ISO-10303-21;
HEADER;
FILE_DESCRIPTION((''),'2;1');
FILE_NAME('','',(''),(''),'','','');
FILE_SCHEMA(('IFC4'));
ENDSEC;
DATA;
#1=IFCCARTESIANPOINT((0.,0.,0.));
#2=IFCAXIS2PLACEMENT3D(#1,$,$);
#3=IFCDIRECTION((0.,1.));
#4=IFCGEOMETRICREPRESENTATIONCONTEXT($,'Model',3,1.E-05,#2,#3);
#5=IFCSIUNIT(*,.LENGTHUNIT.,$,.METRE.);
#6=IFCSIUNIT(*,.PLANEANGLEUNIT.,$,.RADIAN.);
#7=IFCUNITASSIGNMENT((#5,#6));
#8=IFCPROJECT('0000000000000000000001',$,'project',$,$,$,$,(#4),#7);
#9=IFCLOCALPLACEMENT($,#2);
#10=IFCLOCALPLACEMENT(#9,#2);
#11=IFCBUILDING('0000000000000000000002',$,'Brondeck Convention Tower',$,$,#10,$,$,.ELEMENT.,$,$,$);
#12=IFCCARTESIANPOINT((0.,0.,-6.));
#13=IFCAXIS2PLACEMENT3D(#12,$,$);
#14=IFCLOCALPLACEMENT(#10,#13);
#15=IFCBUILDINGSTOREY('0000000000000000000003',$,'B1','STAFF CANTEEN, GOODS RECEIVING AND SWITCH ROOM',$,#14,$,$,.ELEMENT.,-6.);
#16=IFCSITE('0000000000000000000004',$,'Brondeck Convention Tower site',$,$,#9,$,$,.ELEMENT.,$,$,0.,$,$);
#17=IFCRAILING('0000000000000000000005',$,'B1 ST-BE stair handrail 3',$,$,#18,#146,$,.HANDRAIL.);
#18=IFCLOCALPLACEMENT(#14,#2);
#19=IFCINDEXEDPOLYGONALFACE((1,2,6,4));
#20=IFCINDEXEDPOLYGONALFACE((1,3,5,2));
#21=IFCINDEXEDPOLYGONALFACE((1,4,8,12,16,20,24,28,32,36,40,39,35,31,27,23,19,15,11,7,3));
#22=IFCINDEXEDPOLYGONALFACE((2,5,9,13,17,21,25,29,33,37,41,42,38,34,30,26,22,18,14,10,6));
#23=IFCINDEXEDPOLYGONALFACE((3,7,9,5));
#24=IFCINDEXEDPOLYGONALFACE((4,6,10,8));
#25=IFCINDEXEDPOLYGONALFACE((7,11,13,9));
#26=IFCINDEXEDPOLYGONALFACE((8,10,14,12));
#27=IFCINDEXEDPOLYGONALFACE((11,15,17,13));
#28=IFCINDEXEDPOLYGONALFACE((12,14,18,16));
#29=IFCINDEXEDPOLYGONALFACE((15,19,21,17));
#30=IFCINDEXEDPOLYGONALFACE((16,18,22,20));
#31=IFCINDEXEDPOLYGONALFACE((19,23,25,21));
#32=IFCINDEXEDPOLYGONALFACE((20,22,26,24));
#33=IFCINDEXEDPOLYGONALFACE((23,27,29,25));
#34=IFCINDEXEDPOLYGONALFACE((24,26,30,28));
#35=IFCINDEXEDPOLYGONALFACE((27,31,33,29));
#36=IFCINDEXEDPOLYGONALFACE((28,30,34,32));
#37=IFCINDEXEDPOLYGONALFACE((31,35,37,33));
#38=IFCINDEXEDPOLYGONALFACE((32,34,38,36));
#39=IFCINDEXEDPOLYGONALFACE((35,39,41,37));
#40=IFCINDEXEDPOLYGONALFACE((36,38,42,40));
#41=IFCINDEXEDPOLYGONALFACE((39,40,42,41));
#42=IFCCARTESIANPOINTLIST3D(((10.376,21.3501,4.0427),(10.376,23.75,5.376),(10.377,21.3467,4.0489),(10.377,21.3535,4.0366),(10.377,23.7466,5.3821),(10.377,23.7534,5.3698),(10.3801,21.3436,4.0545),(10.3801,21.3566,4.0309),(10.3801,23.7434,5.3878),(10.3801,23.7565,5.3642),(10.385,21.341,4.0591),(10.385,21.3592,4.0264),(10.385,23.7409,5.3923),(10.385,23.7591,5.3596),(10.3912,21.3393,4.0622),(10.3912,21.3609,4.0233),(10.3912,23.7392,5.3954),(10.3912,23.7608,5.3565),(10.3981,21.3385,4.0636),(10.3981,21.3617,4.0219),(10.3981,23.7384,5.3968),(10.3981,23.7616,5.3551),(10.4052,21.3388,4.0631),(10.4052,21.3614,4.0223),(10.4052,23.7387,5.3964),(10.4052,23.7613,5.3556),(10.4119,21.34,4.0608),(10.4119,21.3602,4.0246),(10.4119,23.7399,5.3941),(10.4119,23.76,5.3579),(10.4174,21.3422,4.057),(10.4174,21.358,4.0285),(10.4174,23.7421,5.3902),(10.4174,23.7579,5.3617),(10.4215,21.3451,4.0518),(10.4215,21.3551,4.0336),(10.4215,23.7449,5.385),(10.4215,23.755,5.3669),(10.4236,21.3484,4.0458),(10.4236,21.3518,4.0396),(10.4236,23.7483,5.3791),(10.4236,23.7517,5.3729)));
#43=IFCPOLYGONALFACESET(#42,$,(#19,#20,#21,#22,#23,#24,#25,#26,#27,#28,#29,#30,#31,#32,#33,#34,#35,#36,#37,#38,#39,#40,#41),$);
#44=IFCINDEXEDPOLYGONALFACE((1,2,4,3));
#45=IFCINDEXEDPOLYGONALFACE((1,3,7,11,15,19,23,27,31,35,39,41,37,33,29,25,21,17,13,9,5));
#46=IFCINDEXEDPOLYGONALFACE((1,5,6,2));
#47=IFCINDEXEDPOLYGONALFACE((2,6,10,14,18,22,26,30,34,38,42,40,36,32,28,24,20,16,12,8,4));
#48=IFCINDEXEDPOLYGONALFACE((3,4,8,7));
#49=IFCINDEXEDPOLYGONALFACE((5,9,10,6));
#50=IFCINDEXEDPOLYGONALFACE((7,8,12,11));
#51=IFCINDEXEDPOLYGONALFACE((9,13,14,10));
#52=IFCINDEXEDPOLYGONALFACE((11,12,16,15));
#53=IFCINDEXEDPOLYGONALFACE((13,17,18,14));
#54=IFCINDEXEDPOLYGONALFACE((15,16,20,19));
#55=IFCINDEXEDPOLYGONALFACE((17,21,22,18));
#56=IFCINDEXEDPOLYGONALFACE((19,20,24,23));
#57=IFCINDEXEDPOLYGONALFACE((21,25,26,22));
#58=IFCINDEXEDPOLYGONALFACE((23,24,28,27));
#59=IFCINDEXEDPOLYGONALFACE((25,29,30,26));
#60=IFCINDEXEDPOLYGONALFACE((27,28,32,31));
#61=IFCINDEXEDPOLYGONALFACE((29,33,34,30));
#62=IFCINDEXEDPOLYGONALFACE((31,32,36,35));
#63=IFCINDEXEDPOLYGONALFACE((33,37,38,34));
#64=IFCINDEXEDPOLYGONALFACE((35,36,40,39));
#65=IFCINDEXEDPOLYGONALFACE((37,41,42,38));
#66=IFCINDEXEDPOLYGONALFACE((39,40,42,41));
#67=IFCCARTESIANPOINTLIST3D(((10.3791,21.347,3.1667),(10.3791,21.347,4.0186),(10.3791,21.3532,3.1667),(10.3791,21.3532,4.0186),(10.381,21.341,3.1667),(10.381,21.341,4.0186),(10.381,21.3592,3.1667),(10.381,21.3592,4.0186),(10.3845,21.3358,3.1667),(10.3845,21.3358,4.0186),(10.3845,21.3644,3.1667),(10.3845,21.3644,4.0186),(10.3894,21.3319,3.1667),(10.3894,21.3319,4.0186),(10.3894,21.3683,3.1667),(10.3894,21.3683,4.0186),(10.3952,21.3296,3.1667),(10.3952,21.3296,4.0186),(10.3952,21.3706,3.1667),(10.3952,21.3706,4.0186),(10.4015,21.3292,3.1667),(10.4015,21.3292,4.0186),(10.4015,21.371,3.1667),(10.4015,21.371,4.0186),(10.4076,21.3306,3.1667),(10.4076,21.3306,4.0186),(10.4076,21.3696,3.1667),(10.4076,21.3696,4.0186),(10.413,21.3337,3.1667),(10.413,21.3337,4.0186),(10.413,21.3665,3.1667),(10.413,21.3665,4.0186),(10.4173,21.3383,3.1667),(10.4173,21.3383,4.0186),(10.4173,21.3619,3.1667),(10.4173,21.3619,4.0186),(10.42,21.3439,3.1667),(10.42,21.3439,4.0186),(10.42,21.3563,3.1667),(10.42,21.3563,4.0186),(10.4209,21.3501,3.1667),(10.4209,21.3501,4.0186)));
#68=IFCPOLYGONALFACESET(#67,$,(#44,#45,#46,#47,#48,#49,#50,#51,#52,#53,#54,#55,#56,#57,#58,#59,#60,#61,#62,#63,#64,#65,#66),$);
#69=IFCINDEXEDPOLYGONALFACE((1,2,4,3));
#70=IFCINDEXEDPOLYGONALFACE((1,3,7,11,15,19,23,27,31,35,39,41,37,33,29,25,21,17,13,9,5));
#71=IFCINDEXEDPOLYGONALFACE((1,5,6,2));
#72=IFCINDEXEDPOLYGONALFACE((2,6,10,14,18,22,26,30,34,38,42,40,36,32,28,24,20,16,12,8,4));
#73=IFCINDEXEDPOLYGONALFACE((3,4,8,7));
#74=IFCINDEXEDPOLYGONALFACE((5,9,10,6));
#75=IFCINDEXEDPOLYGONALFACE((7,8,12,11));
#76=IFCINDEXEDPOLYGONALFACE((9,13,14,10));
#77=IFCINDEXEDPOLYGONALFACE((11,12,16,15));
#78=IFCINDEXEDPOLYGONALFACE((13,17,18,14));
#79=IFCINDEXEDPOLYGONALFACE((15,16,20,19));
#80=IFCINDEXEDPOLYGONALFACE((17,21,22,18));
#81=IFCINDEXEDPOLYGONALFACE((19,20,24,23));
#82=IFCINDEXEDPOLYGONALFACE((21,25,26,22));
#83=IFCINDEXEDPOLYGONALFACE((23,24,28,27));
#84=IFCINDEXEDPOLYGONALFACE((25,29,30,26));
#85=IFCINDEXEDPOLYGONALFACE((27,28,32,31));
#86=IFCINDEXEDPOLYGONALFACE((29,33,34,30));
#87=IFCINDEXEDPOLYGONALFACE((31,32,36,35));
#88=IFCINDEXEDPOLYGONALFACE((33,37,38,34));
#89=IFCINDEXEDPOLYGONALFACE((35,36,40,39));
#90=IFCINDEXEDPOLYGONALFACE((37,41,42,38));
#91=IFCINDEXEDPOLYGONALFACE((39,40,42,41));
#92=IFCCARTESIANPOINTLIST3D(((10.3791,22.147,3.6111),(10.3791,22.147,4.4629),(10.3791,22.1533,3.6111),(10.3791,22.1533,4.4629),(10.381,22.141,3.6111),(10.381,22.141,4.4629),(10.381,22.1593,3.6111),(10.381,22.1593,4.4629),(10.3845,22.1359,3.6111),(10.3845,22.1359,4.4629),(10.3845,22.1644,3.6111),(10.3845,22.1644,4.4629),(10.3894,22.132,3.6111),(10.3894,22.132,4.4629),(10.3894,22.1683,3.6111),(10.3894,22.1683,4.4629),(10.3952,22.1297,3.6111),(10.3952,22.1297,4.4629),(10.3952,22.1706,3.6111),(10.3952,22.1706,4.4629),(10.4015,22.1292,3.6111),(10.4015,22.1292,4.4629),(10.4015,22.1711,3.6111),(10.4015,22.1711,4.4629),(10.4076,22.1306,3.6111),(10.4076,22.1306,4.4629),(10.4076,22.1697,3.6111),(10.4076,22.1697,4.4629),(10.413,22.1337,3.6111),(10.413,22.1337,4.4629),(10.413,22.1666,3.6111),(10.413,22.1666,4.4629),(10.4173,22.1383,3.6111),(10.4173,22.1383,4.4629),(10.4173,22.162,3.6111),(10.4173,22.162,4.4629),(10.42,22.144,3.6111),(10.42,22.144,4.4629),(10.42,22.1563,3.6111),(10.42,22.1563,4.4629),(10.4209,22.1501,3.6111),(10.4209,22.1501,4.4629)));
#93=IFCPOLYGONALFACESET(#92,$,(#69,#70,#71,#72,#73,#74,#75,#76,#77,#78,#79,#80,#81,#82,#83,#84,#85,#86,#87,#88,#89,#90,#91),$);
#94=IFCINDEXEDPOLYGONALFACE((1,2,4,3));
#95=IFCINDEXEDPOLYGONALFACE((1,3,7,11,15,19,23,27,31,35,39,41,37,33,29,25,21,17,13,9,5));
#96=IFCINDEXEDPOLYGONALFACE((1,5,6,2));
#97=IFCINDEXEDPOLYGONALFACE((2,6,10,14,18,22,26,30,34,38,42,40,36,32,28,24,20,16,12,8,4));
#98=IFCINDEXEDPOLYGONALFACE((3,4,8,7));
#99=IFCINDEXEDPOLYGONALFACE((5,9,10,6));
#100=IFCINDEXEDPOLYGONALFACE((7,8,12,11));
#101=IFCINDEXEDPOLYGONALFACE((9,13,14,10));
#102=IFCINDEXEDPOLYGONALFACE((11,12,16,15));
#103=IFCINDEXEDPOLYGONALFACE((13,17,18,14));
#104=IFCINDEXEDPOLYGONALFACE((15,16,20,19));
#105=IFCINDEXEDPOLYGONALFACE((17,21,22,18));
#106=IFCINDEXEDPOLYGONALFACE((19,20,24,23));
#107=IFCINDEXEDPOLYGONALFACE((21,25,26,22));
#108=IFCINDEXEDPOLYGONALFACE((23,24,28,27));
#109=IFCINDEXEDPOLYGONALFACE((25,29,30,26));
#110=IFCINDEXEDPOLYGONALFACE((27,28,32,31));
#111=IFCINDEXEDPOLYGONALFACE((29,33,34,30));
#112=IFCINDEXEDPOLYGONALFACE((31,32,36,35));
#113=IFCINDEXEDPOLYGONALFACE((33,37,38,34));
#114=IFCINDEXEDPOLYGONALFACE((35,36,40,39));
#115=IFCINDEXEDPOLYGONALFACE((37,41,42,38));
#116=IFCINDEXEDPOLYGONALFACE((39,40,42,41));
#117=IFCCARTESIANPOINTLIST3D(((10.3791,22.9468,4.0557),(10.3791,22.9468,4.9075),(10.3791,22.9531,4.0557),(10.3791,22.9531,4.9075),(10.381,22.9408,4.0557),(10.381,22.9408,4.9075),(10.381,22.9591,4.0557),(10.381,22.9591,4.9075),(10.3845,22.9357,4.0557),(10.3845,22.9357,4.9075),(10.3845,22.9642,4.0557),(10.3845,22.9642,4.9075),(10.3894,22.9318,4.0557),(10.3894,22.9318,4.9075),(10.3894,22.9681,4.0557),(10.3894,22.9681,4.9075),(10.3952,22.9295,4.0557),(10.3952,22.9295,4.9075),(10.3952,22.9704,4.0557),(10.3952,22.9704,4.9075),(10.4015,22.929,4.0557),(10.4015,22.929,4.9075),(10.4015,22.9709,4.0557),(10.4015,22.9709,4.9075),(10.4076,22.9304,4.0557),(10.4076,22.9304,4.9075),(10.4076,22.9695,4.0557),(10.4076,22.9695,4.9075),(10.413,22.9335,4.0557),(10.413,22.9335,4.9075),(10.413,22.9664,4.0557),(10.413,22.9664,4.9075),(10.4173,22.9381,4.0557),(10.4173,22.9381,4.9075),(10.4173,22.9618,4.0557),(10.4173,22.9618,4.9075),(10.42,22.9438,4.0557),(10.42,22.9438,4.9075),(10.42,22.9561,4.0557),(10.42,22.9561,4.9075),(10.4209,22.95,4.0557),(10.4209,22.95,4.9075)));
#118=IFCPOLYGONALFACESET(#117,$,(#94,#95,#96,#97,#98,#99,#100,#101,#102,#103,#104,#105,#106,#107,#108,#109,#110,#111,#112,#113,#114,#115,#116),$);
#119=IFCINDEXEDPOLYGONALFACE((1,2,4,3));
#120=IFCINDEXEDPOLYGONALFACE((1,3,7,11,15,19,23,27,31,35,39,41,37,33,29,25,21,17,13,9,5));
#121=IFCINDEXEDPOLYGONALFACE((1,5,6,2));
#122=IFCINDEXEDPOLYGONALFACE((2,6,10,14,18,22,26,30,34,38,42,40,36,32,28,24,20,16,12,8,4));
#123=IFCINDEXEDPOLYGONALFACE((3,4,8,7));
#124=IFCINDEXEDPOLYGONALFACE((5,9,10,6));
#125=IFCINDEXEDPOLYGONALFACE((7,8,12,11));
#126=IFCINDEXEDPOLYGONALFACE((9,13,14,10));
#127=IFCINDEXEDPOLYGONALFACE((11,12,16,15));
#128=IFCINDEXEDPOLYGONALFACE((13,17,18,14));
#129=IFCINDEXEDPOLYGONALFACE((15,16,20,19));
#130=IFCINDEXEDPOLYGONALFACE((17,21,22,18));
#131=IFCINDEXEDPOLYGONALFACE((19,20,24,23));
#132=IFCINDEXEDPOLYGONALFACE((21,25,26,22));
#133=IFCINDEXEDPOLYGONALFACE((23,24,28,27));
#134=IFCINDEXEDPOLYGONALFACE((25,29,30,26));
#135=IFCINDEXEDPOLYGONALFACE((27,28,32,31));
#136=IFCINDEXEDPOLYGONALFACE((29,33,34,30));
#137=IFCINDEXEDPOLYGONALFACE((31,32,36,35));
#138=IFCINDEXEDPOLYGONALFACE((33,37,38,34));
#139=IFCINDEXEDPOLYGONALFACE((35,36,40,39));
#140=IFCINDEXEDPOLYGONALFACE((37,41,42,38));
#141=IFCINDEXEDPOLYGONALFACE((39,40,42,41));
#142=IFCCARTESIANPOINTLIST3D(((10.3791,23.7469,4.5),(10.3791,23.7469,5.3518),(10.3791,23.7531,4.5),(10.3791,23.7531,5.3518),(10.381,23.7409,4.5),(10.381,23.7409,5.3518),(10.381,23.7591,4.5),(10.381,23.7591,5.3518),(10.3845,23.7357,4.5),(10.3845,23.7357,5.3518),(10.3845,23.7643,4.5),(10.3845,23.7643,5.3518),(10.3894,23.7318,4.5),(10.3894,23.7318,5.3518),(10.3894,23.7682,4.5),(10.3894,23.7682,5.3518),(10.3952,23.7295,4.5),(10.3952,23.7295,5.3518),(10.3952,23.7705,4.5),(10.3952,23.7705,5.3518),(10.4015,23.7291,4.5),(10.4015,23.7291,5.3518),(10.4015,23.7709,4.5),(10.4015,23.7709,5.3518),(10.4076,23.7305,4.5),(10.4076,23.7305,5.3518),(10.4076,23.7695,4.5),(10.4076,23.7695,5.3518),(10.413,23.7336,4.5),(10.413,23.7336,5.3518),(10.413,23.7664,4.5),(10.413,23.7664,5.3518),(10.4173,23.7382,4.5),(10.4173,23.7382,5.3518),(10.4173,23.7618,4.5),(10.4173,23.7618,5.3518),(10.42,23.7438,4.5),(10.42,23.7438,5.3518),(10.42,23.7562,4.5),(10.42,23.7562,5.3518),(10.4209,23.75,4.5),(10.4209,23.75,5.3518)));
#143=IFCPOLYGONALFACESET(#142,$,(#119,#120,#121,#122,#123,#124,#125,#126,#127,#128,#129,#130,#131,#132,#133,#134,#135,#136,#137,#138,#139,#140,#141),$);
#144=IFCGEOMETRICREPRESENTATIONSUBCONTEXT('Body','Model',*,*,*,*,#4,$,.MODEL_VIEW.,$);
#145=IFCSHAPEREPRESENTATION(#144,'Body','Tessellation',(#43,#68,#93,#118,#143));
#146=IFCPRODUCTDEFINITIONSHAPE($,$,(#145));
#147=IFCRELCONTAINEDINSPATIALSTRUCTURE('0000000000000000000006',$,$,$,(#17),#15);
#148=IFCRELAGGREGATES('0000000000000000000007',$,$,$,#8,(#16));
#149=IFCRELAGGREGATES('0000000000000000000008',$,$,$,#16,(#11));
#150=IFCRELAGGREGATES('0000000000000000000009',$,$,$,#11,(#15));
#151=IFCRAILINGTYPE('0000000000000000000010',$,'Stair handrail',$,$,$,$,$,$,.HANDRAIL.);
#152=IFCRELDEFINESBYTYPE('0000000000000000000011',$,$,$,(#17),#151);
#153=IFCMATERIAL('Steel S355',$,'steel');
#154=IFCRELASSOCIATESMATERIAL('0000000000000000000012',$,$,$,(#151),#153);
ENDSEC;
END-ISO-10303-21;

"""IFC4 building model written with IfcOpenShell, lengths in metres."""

from ifc_helpers import new_model, si_unit, direction, frame, origin, origin_2d, place, context, subcontext, project, spatial, circle, extrude, material, type_object, element, save


model = new_model("IFC4")

# Units and contexts
model_context = context("Model", 3, precision=1e-05, world=origin(), true_north=direction((0.0, 1.0)))
body_context = subcontext(model_context, "Body", "Model", "MODEL_VIEW")
ifc_project = project(units=[si_unit("LENGTHUNIT", "METRE"), si_unit("PLANEANGLEUNIT", "RADIAN")], contexts=[model_context])

# Site, building, storey
site_placement = place(None, origin())
site = spatial("IfcSite", under=ifc_project, at=site_placement, Name="Brondeck Convention Tower site", CompositionType="ELEMENT", RefElevation=0.0)
building_placement = place(site_placement, origin())
building = spatial("IfcBuilding", under=site, at=building_placement, Name="Brondeck Convention Tower", CompositionType="ELEMENT")
storey_placement = place(building_placement, frame((0.0, 0.0, -6.0)))
storey = spatial("IfcBuildingStorey", under=building, at=storey_placement, Name="B1", Description="STAFF CANTEEN, GOODS RECEIVING AND SWITCH ROOM", CompositionType="ELEMENT", Elevation=-6.0)

# Shared definitions
ifc_material_1 = material(Name="Steel S355", Category="steel")

# Railing
railing_type_1 = type_object("IfcRailingType", Name="Stair handrail", PredefinedType="HANDRAIL", material=ifc_material_1)
railing_1_placement = place(storey_placement, frame((10.3999, 21.3501, 3.1667)))
element("IfcRailing", 1, at=railing_1_placement, inside=storey, type_object=railing_type_1, Name="B1 ST-BE stair handrail 3", PredefinedType="HANDRAIL", context=body_context, shape_type="SweptSolid", body=[
    extrude(circle(Radius=0.0239, at=origin_2d()), frame((0.0, 0.0, 0.876), z_axis=(0.0, 0.874161, 0.485635), x_axis=(-1.0, 0.0, 0.0)), (0.0, 0.0, 1.0), 2.7454),
    extrude(circle(Radius=0.021, at=origin_2d()), origin(), (0.0, 0.0, 1.0), 0.8518),
    extrude(circle(Radius=0.021, at=origin_2d()), frame((0.0, 0.8, 0.4443)), (0.0, 0.0, 1.0), 0.8518),
    extrude(circle(Radius=0.021, at=origin_2d()), frame((0.0, 1.5999, 0.8889)), (0.0, 0.0, 1.0), 0.8518),
    extrude(circle(Radius=0.021, at=origin_2d()), frame((0.0, 2.3999, 1.3333)), (0.0, 0.0, 1.0), 0.8518),
])

save(model, "model.ifc")
